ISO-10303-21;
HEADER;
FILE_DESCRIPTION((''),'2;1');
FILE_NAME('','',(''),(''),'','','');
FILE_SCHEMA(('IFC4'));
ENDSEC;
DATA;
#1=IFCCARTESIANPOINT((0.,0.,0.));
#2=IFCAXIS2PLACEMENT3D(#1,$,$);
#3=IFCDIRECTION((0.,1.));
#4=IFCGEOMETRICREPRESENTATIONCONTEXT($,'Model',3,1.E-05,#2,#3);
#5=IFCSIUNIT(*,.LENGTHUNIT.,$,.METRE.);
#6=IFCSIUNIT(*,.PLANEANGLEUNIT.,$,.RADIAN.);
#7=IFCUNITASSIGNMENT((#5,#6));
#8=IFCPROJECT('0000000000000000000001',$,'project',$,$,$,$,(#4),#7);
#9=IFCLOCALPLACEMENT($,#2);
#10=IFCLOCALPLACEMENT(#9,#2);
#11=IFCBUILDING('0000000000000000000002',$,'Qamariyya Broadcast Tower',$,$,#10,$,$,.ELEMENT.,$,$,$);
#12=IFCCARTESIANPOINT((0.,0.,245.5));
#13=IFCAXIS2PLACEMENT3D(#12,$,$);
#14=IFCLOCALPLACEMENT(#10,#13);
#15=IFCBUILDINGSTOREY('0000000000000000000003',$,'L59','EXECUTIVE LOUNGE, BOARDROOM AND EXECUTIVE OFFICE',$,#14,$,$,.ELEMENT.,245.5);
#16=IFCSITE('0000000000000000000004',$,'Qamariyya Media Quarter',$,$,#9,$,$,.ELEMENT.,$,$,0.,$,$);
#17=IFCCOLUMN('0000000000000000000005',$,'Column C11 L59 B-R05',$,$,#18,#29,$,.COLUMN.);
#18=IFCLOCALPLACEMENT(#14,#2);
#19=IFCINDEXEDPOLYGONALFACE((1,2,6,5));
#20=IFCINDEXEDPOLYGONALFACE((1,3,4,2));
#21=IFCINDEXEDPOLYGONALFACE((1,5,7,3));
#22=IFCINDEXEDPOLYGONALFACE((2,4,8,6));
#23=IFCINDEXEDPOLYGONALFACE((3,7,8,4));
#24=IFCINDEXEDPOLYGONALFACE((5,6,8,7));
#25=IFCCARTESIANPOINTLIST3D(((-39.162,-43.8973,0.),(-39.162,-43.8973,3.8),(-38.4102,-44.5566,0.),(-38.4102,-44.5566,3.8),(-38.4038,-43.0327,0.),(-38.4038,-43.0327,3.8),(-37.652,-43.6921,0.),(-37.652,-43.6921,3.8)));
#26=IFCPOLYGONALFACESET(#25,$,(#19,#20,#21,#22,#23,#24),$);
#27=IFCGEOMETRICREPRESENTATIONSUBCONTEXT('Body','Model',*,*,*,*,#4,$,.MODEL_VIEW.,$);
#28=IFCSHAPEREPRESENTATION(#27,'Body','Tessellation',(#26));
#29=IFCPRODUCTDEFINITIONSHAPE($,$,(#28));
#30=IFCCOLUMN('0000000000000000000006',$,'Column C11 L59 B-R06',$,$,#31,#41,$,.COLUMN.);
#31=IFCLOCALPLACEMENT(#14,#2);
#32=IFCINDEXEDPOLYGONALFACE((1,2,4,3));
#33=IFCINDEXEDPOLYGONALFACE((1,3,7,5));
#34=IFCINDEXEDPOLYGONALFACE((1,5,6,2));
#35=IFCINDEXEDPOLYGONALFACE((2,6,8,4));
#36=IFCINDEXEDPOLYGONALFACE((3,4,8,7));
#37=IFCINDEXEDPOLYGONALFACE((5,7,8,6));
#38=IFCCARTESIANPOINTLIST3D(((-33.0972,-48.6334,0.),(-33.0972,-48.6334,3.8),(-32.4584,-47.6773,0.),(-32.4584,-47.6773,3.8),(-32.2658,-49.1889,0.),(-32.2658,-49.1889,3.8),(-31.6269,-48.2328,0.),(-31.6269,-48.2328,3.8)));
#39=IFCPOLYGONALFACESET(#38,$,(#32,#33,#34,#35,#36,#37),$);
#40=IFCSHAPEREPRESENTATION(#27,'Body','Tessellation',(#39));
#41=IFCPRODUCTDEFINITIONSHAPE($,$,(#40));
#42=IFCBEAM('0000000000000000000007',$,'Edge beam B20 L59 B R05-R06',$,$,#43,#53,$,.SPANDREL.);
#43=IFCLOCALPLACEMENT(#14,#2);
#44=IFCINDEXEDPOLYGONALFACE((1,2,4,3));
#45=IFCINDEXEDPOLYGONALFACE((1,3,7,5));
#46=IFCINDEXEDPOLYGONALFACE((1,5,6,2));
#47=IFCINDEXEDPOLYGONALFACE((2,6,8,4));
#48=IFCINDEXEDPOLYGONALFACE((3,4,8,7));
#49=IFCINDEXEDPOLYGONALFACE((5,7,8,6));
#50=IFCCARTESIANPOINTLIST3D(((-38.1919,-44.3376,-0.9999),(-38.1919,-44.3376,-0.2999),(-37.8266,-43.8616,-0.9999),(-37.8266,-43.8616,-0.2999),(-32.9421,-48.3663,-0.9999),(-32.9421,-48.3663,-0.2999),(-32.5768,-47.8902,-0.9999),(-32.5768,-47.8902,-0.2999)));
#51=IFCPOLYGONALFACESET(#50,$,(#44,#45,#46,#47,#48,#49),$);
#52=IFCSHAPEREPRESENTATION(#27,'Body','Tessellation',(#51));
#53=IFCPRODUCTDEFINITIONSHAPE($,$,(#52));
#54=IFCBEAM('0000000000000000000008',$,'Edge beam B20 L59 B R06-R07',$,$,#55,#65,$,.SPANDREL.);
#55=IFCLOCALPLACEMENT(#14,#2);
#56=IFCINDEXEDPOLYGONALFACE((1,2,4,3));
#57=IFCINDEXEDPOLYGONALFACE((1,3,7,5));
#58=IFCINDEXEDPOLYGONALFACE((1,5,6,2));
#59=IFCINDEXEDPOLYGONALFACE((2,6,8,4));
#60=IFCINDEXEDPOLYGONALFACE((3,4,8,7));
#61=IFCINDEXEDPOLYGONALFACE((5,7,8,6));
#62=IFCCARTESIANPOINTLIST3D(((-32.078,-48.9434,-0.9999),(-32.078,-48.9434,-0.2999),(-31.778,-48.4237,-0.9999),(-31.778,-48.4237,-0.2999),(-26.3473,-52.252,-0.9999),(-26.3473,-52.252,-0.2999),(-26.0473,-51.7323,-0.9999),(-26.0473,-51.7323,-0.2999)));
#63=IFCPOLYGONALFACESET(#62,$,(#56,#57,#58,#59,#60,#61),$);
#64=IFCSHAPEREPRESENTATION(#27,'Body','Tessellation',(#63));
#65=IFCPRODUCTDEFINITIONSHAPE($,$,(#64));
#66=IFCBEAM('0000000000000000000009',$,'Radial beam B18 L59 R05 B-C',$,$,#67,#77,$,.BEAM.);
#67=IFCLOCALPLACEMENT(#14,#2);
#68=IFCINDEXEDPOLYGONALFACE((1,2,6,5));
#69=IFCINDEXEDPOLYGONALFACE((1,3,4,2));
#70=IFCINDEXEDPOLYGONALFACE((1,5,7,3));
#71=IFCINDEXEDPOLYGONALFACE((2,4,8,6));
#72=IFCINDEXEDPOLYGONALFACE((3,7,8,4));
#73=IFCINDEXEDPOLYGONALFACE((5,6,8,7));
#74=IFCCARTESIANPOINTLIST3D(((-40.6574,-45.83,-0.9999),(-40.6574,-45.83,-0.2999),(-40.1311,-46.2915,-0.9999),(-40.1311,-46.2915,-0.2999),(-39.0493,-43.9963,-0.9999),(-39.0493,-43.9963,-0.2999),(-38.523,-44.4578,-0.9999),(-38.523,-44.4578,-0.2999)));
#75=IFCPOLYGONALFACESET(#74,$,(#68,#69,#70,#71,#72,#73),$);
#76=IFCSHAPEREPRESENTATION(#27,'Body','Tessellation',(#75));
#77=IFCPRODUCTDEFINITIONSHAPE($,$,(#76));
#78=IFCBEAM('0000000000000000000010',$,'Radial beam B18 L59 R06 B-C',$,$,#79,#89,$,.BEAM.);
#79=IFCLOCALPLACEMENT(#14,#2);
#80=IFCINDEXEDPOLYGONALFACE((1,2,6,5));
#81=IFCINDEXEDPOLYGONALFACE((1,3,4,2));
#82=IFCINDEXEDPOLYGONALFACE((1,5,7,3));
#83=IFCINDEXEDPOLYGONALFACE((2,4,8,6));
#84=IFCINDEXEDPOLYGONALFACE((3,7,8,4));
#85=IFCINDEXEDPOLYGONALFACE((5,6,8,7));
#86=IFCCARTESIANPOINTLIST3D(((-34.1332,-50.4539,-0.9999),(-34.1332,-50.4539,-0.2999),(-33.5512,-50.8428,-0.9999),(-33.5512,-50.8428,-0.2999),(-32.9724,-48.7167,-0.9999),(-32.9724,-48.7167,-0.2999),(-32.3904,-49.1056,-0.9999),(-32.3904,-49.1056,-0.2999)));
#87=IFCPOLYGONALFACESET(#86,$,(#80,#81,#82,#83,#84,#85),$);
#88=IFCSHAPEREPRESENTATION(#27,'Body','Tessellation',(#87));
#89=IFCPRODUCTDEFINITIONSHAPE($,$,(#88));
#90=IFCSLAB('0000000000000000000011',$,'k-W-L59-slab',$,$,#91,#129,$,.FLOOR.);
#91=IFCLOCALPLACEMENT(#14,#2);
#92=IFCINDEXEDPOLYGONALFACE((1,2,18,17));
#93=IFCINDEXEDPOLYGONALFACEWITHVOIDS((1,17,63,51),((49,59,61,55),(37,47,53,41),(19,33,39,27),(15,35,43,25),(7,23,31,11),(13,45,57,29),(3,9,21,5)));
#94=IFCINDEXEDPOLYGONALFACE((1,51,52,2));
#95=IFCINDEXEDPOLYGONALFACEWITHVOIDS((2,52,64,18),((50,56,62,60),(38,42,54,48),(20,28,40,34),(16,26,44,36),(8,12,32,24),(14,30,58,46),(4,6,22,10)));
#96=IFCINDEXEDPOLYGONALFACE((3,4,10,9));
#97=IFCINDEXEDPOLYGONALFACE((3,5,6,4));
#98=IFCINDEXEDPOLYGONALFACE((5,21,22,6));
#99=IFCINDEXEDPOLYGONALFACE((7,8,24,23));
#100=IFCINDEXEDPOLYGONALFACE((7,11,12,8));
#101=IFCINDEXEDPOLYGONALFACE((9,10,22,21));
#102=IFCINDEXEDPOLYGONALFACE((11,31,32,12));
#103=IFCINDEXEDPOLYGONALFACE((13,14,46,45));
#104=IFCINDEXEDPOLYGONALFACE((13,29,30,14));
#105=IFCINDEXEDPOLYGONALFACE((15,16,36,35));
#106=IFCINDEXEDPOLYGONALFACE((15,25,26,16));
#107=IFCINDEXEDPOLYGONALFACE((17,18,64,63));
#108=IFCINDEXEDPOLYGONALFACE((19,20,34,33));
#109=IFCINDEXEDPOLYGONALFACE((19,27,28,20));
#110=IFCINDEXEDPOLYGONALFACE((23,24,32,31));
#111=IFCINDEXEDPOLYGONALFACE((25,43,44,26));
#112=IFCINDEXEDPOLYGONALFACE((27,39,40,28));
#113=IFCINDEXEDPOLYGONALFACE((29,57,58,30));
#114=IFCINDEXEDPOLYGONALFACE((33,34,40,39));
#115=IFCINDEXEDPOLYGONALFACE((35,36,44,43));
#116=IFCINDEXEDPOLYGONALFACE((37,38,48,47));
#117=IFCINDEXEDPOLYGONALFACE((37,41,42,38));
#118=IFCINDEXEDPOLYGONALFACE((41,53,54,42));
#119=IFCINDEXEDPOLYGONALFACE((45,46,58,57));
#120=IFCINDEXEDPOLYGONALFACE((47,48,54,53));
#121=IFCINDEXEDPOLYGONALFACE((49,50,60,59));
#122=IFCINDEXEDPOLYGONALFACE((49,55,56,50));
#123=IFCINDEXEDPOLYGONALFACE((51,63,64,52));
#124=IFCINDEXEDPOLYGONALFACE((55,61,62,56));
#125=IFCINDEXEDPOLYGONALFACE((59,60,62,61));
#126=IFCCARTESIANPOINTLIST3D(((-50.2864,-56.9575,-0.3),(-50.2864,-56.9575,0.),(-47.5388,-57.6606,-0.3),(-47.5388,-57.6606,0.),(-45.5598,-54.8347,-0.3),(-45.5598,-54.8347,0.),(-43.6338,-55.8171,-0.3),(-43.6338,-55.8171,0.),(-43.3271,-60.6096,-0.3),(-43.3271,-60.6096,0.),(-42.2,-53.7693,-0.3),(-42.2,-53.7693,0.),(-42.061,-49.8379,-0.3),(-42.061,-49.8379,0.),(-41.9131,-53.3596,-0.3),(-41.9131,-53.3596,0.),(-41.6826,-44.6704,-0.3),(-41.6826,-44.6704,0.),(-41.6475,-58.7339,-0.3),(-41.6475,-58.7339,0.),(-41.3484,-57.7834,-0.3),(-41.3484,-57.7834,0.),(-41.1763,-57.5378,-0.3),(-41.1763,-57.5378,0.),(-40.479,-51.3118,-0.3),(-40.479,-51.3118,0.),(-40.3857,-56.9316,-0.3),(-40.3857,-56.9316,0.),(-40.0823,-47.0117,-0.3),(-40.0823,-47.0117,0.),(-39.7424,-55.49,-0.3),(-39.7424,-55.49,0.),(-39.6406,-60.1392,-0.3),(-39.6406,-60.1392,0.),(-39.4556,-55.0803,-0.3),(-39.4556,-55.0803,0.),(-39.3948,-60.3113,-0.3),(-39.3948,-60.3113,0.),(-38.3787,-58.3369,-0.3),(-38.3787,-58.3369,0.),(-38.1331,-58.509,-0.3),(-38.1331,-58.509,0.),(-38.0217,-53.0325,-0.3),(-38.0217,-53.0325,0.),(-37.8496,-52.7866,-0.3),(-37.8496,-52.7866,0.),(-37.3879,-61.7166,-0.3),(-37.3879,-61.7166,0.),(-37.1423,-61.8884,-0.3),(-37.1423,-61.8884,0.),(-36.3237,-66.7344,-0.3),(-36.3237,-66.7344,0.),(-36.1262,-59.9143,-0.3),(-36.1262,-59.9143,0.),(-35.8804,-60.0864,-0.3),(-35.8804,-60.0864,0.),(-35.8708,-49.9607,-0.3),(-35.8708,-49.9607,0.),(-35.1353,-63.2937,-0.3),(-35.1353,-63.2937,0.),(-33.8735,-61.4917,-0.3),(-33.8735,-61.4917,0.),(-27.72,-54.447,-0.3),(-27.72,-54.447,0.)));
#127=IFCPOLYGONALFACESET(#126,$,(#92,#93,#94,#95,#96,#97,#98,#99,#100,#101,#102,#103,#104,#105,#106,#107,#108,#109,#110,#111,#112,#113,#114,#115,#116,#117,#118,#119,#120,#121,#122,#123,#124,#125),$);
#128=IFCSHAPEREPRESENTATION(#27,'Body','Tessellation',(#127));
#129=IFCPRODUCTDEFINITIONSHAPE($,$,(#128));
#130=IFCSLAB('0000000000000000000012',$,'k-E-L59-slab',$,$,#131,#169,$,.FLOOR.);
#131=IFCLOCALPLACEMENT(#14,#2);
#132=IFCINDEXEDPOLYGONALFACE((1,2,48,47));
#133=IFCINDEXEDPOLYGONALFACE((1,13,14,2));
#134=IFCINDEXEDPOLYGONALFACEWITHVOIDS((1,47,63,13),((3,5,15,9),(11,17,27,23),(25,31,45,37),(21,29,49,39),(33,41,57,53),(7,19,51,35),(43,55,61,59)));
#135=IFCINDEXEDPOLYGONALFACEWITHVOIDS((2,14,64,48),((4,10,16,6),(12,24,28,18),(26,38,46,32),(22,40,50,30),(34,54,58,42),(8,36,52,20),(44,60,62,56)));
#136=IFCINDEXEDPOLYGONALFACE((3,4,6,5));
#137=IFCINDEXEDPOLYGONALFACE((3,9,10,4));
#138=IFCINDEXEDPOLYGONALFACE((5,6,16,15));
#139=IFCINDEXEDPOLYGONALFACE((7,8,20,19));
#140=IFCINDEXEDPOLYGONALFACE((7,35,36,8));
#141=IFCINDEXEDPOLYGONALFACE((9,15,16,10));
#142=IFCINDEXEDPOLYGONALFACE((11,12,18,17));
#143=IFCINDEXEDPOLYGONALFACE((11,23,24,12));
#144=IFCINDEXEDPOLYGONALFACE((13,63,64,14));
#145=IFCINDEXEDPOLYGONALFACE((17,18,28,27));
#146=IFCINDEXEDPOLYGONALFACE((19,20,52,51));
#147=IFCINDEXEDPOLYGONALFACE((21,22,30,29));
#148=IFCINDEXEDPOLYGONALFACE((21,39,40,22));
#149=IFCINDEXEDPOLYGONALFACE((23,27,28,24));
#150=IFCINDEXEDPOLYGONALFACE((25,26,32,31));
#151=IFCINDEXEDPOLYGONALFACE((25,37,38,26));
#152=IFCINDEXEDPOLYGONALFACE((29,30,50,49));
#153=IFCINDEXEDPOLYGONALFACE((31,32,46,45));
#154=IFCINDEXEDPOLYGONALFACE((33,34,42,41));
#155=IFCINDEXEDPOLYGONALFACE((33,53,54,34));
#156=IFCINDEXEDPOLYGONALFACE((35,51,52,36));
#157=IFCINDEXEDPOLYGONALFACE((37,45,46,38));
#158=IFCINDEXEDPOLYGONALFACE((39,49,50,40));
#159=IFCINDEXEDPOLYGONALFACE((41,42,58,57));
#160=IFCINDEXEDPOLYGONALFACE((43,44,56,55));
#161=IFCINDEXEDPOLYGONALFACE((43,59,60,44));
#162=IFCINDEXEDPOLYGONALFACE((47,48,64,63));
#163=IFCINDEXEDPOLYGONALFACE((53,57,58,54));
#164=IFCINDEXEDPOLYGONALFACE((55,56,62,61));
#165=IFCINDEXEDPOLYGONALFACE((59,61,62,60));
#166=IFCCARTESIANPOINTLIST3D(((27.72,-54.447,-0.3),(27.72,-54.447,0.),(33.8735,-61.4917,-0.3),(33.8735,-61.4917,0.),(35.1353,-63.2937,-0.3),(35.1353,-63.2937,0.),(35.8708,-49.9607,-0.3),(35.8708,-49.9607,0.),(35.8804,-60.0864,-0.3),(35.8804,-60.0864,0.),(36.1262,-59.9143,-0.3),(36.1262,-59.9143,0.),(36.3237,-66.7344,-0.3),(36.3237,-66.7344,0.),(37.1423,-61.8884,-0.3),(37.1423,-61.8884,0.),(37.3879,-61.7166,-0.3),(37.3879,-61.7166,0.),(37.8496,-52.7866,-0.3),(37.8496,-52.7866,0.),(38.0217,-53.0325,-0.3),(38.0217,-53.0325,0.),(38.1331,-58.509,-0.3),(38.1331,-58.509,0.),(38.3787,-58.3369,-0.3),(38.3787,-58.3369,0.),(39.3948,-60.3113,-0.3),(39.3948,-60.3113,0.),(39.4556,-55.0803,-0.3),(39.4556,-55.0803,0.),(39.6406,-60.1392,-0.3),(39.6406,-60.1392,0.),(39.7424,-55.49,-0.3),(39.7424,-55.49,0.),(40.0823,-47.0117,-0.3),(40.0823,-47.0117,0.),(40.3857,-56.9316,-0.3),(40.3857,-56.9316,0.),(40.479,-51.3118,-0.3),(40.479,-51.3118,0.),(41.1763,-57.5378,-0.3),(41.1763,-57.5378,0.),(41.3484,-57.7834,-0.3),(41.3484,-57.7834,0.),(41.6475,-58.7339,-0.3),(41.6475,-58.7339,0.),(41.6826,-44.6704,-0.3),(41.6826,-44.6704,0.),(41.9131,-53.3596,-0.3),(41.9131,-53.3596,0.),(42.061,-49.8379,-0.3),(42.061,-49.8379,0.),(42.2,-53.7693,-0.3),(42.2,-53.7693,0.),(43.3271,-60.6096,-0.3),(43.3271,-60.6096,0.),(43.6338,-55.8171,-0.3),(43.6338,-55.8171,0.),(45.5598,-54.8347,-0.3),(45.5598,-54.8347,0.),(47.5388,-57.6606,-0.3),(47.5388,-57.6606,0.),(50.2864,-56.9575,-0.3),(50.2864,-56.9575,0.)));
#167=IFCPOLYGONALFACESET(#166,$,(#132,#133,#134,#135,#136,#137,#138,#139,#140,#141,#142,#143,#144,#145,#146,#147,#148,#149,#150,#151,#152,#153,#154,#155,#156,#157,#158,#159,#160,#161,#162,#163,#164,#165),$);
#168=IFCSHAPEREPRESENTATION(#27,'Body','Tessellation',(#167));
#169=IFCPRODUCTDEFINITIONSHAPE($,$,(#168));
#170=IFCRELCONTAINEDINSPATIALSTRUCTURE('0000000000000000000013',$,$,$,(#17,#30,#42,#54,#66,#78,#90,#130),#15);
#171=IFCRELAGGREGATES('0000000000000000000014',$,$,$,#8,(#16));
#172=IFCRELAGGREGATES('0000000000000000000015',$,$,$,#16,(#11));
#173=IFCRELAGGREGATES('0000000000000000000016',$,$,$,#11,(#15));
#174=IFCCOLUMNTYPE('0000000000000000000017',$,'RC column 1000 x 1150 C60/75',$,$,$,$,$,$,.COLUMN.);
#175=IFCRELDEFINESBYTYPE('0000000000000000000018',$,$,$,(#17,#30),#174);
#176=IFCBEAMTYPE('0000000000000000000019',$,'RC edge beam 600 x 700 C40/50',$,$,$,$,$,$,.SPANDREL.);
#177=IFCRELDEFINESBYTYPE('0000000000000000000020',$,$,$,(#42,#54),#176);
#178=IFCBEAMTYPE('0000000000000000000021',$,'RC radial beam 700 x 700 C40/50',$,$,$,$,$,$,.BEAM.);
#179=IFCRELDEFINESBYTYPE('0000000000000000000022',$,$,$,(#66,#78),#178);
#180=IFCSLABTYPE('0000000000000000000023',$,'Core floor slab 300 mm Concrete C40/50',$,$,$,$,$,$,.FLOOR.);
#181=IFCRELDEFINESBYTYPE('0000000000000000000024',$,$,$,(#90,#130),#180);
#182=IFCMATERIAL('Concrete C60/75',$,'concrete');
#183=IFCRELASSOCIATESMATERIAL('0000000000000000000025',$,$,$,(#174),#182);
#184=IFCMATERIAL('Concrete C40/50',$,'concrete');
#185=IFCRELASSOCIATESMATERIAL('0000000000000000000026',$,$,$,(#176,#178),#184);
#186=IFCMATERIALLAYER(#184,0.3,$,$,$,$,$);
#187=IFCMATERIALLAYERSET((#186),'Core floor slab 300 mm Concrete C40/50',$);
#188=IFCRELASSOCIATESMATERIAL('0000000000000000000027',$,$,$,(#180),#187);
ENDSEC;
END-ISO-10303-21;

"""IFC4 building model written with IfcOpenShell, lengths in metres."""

from ifc_helpers import new_model, si_unit, direction, frame, origin, origin_2d, place, context, subcontext, project, spatial, polyline, rectangle, outline, extrude, material, layer, layer_set, material_profile, profile_set, type_object, element, save


model = new_model("IFC4")

# Units and contexts
model_context = context("Model", 3, precision=1e-05, world=origin(), true_north=direction((0.0, 1.0)))
body_context = subcontext(model_context, "Body", "Model", "MODEL_VIEW")
ifc_project = project(units=[si_unit("LENGTHUNIT", "METRE"), si_unit("PLANEANGLEUNIT", "RADIAN")], contexts=[model_context])

# Site, building, storey
site_placement = place(None, origin())
site = spatial("IfcSite", under=ifc_project, at=site_placement, Name="Qamariyya Media Quarter", CompositionType="ELEMENT", RefElevation=0.0)
building_placement = place(site_placement, origin())
building = spatial("IfcBuilding", under=site, at=building_placement, Name="Qamariyya Broadcast Tower", CompositionType="ELEMENT")
storey_placement = place(building_placement, frame((0.0, 0.0, 245.5)))
storey = spatial("IfcBuildingStorey", under=building, at=storey_placement, Name="L59", Description="EXECUTIVE LOUNGE, BOARDROOM AND EXECUTIVE OFFICE", CompositionType="ELEMENT", Elevation=245.5)

# Columns
ifc_material_1 = material(Name="Concrete C60/75", Category="concrete")
ifc_material_profile_1 = material_profile(ifc_material_1, rectangle(XDim=1.0, YDim=1.1499, at=origin_2d()))
ifc_profile_set_1 = profile_set([ifc_material_profile_1], Name="Concrete C60/75")
column_type = type_object("IfcColumnType", Name="RC column 1000 x 1150 C60/75", PredefinedType="COLUMN", material=ifc_profile_set_1)
for number, where, z_axis, x_axis, name in (
    (1, (-38.407, -43.7947, 0.0), (0.0, 0.0, 1.0), (0.75184, -0.659346, 0.0), "Column C11 L59 B-R05"),
    (2, (-32.3621, -48.4331, 0.0), (0.0, 0.0, 1.0), (0.83147, -0.55557, 0.0), "Column C11 L59 B-R06"),
):
    element("IfcColumn", number, at=place(storey_placement, frame(where, z_axis=z_axis, x_axis=x_axis)), inside=storey, type_object=column_type, Name=name, PredefinedType="COLUMN", context=body_context, shape_type="SweptSolid", body=[
        extrude(rectangle(XDim=1.0, YDim=1.1499, at=origin_2d()), origin(), (0.0, 0.0, 1.0), 3.8),
    ])

# Beams
ifc_material_2 = material(Name="Concrete C40/50", Category="concrete")
ifc_material_profile_2 = material_profile(ifc_material_2, rectangle(XDim=0.6001, YDim=0.7, at=origin_2d()))
ifc_profile_set_2 = profile_set([ifc_material_profile_2], Name="Concrete C40/50")
beam_type_1 = type_object("IfcBeamType", Name="RC edge beam 600 x 700 C40/50", PredefinedType="SPANDREL", material=ifc_profile_set_2)
beam_1_placement = place(storey_placement, frame((-38.0093, -44.0996, -0.6499), z_axis=(0.793333, -0.608789, 0.0), x_axis=(0.608789, 0.793333, 0.0)))
element("IfcBeam", 3, at=beam_1_placement, inside=storey, type_object=beam_type_1, Name="Edge beam B20 L59 B R05-R06", PredefinedType="SPANDREL", context=body_context, shape_type="SweptSolid", body=[
    extrude(rectangle(XDim=0.6001, YDim=0.7, at=origin_2d()), origin(), (0.0, 0.0, 1.0), 6.6174),
])
beam_2_placement = place(storey_placement, frame((-31.928, -48.6836, -0.6499), z_axis=(0.866028, -0.499996, 0.0), x_axis=(0.499996, 0.866028, 0.0)))
element("IfcBeam", 4, at=beam_2_placement, inside=storey, type_object=beam_type_1, Name="Edge beam B20 L59 B R06-R07", PredefinedType="SPANDREL", context=body_context, shape_type="SweptSolid", body=[
    extrude(rectangle(XDim=0.6001, YDim=0.7, at=origin_2d()), origin(), (0.0, 0.0, 1.0), 6.6172),
])
ifc_material_profile_3 = material_profile(ifc_material_2, rectangle(XDim=0.7, YDim=0.7, at=origin_2d()))
ifc_profile_set_3 = profile_set([ifc_material_profile_3], Name="Concrete C40/50")
beam_type_2 = type_object("IfcBeamType", Name="RC radial beam 700 x 700 C40/50", PredefinedType="BEAM", material=ifc_profile_set_3)
beam_3_placement = place(storey_placement, frame((-38.7861, -44.2271, -0.6499), z_axis=(-0.659348, -0.751838, 0.0), x_axis=(0.751838, -0.659348, 0.0)))
element("IfcBeam", 5, at=beam_3_placement, inside=storey, type_object=beam_type_2, Name="Radial beam B18 L59 R05 B-C", PredefinedType="BEAM", context=body_context, shape_type="SweptSolid", body=[
    extrude(rectangle(XDim=0.7, YDim=0.7, at=origin_2d()), origin(), (0.0, 0.0, 1.0), 2.439),
])
beam_4_placement = place(storey_placement, frame((-32.6814, -48.9111, -0.6499), z_axis=(-0.55559, -0.831457, 0.0), x_axis=(0.831457, -0.55559, 0.0)))
element("IfcBeam", 6, at=beam_4_placement, inside=storey, type_object=beam_type_2, Name="Radial beam B18 L59 R06 B-C", PredefinedType="BEAM", context=body_context, shape_type="SweptSolid", body=[
    extrude(rectangle(XDim=0.7, YDim=0.7, at=origin_2d()), origin(), (0.0, 0.0, 1.0), 2.0894),
])

# Slabs
ifc_layer_1 = layer(ifc_material_2, 0.3)
ifc_layer_set_1 = layer_set([ifc_layer_1], Name="Core floor slab 300 mm Concrete C40/50")
slab_type_1 = type_object("IfcSlabType", Name="Core floor slab 300 mm Concrete C40/50", PredefinedType="FLOOR", material=ifc_layer_set_1)
slab_1_placement = place(storey_placement, frame((0.0, 0.0, -0.3)))
element("IfcSlab", 7, at=slab_1_placement, inside=storey, type_object=slab_type_1, Name="k-W-L59-slab", PredefinedType="FLOOR", context=body_context, shape_type="SweptSolid", body=[
    extrude(outline(polyline([(-50.2864, -56.9575), (-36.3237, -66.7344), (-27.72, -54.447), (-41.6826, -44.6704), (-50.2864, -56.9575)]), holes=[polyline([(-33.8735, -61.4917), (-35.8804, -60.0864), (-37.1423, -61.8884), (-35.1353, -63.2937), (-33.8735, -61.4917)]), polyline([(-36.1262, -59.9143), (-38.1331, -58.509), (-39.3948, -60.3113), (-37.3879, -61.7166), (-36.1262, -59.9143)]), polyline([(-38.3787, -58.3369), (-40.3857, -56.9316), (-41.6475, -58.7339), (-39.6406, -60.1392), (-38.3787, -58.3369)]), polyline([(-39.7424, -55.49), (-42.2, -53.7693), (-43.6338, -55.8171), (-41.1763, -57.5378), (-39.7424, -55.49)]), polyline([(-39.4556, -55.0803), (-41.9131, -53.3596), (-40.479, -51.3118), (-38.0217, -53.0325), (-39.4556, -55.0803)]), polyline([(-42.061, -49.8379), (-37.8496, -52.7866), (-35.8708, -49.9607), (-40.0823, -47.0117), (-42.061, -49.8379)]), polyline([(-47.5388, -57.6606), (-43.3271, -60.6096), (-41.3484, -57.7834), (-45.5598, -54.8347), (-47.5388, -57.6606)])]), origin(), (0.0, 0.0, 1.0), 0.3),
])
slab_2_placement = place(storey_placement, frame((0.0, 0.0, -0.3)))
element("IfcSlab", 8, at=slab_2_placement, inside=storey, type_object=slab_type_1, Name="k-E-L59-slab", PredefinedType="FLOOR", context=body_context, shape_type="SweptSolid", body=[
    extrude(outline(polyline([(36.3237, -66.7344), (50.2864, -56.9575), (41.6826, -44.6704), (27.72, -54.447), (36.3237, -66.7344)]), holes=[polyline([(33.8735, -61.4917), (35.8804, -60.0864), (37.1423, -61.8884), (35.1353, -63.2937), (33.8735, -61.4917)]), polyline([(36.1262, -59.9143), (38.1331, -58.509), (39.3948, -60.3113), (37.3879, -61.7166), (36.1262, -59.9143)]), polyline([(38.3787, -58.3369), (40.3857, -56.9316), (41.6475, -58.7339), (39.6406, -60.1392), (38.3787, -58.3369)]), polyline([(39.7424, -55.49), (42.2, -53.7693), (43.6338, -55.8171), (41.1763, -57.5378), (39.7424, -55.49)]), polyline([(39.4556, -55.0803), (41.9131, -53.3596), (40.479, -51.3118), (38.0217, -53.0325), (39.4556, -55.0803)]), polyline([(40.0823, -47.0117), (35.8708, -49.9607), (37.8496, -52.7866), (42.061, -49.8379), (40.0823, -47.0117)]), polyline([(45.5598, -54.8347), (41.3484, -57.7834), (43.3271, -60.6096), (47.5388, -57.6606), (45.5598, -54.8347)])]), origin(), (0.0, 0.0, 1.0), 0.3),
])

save(model, "model.ifc")
